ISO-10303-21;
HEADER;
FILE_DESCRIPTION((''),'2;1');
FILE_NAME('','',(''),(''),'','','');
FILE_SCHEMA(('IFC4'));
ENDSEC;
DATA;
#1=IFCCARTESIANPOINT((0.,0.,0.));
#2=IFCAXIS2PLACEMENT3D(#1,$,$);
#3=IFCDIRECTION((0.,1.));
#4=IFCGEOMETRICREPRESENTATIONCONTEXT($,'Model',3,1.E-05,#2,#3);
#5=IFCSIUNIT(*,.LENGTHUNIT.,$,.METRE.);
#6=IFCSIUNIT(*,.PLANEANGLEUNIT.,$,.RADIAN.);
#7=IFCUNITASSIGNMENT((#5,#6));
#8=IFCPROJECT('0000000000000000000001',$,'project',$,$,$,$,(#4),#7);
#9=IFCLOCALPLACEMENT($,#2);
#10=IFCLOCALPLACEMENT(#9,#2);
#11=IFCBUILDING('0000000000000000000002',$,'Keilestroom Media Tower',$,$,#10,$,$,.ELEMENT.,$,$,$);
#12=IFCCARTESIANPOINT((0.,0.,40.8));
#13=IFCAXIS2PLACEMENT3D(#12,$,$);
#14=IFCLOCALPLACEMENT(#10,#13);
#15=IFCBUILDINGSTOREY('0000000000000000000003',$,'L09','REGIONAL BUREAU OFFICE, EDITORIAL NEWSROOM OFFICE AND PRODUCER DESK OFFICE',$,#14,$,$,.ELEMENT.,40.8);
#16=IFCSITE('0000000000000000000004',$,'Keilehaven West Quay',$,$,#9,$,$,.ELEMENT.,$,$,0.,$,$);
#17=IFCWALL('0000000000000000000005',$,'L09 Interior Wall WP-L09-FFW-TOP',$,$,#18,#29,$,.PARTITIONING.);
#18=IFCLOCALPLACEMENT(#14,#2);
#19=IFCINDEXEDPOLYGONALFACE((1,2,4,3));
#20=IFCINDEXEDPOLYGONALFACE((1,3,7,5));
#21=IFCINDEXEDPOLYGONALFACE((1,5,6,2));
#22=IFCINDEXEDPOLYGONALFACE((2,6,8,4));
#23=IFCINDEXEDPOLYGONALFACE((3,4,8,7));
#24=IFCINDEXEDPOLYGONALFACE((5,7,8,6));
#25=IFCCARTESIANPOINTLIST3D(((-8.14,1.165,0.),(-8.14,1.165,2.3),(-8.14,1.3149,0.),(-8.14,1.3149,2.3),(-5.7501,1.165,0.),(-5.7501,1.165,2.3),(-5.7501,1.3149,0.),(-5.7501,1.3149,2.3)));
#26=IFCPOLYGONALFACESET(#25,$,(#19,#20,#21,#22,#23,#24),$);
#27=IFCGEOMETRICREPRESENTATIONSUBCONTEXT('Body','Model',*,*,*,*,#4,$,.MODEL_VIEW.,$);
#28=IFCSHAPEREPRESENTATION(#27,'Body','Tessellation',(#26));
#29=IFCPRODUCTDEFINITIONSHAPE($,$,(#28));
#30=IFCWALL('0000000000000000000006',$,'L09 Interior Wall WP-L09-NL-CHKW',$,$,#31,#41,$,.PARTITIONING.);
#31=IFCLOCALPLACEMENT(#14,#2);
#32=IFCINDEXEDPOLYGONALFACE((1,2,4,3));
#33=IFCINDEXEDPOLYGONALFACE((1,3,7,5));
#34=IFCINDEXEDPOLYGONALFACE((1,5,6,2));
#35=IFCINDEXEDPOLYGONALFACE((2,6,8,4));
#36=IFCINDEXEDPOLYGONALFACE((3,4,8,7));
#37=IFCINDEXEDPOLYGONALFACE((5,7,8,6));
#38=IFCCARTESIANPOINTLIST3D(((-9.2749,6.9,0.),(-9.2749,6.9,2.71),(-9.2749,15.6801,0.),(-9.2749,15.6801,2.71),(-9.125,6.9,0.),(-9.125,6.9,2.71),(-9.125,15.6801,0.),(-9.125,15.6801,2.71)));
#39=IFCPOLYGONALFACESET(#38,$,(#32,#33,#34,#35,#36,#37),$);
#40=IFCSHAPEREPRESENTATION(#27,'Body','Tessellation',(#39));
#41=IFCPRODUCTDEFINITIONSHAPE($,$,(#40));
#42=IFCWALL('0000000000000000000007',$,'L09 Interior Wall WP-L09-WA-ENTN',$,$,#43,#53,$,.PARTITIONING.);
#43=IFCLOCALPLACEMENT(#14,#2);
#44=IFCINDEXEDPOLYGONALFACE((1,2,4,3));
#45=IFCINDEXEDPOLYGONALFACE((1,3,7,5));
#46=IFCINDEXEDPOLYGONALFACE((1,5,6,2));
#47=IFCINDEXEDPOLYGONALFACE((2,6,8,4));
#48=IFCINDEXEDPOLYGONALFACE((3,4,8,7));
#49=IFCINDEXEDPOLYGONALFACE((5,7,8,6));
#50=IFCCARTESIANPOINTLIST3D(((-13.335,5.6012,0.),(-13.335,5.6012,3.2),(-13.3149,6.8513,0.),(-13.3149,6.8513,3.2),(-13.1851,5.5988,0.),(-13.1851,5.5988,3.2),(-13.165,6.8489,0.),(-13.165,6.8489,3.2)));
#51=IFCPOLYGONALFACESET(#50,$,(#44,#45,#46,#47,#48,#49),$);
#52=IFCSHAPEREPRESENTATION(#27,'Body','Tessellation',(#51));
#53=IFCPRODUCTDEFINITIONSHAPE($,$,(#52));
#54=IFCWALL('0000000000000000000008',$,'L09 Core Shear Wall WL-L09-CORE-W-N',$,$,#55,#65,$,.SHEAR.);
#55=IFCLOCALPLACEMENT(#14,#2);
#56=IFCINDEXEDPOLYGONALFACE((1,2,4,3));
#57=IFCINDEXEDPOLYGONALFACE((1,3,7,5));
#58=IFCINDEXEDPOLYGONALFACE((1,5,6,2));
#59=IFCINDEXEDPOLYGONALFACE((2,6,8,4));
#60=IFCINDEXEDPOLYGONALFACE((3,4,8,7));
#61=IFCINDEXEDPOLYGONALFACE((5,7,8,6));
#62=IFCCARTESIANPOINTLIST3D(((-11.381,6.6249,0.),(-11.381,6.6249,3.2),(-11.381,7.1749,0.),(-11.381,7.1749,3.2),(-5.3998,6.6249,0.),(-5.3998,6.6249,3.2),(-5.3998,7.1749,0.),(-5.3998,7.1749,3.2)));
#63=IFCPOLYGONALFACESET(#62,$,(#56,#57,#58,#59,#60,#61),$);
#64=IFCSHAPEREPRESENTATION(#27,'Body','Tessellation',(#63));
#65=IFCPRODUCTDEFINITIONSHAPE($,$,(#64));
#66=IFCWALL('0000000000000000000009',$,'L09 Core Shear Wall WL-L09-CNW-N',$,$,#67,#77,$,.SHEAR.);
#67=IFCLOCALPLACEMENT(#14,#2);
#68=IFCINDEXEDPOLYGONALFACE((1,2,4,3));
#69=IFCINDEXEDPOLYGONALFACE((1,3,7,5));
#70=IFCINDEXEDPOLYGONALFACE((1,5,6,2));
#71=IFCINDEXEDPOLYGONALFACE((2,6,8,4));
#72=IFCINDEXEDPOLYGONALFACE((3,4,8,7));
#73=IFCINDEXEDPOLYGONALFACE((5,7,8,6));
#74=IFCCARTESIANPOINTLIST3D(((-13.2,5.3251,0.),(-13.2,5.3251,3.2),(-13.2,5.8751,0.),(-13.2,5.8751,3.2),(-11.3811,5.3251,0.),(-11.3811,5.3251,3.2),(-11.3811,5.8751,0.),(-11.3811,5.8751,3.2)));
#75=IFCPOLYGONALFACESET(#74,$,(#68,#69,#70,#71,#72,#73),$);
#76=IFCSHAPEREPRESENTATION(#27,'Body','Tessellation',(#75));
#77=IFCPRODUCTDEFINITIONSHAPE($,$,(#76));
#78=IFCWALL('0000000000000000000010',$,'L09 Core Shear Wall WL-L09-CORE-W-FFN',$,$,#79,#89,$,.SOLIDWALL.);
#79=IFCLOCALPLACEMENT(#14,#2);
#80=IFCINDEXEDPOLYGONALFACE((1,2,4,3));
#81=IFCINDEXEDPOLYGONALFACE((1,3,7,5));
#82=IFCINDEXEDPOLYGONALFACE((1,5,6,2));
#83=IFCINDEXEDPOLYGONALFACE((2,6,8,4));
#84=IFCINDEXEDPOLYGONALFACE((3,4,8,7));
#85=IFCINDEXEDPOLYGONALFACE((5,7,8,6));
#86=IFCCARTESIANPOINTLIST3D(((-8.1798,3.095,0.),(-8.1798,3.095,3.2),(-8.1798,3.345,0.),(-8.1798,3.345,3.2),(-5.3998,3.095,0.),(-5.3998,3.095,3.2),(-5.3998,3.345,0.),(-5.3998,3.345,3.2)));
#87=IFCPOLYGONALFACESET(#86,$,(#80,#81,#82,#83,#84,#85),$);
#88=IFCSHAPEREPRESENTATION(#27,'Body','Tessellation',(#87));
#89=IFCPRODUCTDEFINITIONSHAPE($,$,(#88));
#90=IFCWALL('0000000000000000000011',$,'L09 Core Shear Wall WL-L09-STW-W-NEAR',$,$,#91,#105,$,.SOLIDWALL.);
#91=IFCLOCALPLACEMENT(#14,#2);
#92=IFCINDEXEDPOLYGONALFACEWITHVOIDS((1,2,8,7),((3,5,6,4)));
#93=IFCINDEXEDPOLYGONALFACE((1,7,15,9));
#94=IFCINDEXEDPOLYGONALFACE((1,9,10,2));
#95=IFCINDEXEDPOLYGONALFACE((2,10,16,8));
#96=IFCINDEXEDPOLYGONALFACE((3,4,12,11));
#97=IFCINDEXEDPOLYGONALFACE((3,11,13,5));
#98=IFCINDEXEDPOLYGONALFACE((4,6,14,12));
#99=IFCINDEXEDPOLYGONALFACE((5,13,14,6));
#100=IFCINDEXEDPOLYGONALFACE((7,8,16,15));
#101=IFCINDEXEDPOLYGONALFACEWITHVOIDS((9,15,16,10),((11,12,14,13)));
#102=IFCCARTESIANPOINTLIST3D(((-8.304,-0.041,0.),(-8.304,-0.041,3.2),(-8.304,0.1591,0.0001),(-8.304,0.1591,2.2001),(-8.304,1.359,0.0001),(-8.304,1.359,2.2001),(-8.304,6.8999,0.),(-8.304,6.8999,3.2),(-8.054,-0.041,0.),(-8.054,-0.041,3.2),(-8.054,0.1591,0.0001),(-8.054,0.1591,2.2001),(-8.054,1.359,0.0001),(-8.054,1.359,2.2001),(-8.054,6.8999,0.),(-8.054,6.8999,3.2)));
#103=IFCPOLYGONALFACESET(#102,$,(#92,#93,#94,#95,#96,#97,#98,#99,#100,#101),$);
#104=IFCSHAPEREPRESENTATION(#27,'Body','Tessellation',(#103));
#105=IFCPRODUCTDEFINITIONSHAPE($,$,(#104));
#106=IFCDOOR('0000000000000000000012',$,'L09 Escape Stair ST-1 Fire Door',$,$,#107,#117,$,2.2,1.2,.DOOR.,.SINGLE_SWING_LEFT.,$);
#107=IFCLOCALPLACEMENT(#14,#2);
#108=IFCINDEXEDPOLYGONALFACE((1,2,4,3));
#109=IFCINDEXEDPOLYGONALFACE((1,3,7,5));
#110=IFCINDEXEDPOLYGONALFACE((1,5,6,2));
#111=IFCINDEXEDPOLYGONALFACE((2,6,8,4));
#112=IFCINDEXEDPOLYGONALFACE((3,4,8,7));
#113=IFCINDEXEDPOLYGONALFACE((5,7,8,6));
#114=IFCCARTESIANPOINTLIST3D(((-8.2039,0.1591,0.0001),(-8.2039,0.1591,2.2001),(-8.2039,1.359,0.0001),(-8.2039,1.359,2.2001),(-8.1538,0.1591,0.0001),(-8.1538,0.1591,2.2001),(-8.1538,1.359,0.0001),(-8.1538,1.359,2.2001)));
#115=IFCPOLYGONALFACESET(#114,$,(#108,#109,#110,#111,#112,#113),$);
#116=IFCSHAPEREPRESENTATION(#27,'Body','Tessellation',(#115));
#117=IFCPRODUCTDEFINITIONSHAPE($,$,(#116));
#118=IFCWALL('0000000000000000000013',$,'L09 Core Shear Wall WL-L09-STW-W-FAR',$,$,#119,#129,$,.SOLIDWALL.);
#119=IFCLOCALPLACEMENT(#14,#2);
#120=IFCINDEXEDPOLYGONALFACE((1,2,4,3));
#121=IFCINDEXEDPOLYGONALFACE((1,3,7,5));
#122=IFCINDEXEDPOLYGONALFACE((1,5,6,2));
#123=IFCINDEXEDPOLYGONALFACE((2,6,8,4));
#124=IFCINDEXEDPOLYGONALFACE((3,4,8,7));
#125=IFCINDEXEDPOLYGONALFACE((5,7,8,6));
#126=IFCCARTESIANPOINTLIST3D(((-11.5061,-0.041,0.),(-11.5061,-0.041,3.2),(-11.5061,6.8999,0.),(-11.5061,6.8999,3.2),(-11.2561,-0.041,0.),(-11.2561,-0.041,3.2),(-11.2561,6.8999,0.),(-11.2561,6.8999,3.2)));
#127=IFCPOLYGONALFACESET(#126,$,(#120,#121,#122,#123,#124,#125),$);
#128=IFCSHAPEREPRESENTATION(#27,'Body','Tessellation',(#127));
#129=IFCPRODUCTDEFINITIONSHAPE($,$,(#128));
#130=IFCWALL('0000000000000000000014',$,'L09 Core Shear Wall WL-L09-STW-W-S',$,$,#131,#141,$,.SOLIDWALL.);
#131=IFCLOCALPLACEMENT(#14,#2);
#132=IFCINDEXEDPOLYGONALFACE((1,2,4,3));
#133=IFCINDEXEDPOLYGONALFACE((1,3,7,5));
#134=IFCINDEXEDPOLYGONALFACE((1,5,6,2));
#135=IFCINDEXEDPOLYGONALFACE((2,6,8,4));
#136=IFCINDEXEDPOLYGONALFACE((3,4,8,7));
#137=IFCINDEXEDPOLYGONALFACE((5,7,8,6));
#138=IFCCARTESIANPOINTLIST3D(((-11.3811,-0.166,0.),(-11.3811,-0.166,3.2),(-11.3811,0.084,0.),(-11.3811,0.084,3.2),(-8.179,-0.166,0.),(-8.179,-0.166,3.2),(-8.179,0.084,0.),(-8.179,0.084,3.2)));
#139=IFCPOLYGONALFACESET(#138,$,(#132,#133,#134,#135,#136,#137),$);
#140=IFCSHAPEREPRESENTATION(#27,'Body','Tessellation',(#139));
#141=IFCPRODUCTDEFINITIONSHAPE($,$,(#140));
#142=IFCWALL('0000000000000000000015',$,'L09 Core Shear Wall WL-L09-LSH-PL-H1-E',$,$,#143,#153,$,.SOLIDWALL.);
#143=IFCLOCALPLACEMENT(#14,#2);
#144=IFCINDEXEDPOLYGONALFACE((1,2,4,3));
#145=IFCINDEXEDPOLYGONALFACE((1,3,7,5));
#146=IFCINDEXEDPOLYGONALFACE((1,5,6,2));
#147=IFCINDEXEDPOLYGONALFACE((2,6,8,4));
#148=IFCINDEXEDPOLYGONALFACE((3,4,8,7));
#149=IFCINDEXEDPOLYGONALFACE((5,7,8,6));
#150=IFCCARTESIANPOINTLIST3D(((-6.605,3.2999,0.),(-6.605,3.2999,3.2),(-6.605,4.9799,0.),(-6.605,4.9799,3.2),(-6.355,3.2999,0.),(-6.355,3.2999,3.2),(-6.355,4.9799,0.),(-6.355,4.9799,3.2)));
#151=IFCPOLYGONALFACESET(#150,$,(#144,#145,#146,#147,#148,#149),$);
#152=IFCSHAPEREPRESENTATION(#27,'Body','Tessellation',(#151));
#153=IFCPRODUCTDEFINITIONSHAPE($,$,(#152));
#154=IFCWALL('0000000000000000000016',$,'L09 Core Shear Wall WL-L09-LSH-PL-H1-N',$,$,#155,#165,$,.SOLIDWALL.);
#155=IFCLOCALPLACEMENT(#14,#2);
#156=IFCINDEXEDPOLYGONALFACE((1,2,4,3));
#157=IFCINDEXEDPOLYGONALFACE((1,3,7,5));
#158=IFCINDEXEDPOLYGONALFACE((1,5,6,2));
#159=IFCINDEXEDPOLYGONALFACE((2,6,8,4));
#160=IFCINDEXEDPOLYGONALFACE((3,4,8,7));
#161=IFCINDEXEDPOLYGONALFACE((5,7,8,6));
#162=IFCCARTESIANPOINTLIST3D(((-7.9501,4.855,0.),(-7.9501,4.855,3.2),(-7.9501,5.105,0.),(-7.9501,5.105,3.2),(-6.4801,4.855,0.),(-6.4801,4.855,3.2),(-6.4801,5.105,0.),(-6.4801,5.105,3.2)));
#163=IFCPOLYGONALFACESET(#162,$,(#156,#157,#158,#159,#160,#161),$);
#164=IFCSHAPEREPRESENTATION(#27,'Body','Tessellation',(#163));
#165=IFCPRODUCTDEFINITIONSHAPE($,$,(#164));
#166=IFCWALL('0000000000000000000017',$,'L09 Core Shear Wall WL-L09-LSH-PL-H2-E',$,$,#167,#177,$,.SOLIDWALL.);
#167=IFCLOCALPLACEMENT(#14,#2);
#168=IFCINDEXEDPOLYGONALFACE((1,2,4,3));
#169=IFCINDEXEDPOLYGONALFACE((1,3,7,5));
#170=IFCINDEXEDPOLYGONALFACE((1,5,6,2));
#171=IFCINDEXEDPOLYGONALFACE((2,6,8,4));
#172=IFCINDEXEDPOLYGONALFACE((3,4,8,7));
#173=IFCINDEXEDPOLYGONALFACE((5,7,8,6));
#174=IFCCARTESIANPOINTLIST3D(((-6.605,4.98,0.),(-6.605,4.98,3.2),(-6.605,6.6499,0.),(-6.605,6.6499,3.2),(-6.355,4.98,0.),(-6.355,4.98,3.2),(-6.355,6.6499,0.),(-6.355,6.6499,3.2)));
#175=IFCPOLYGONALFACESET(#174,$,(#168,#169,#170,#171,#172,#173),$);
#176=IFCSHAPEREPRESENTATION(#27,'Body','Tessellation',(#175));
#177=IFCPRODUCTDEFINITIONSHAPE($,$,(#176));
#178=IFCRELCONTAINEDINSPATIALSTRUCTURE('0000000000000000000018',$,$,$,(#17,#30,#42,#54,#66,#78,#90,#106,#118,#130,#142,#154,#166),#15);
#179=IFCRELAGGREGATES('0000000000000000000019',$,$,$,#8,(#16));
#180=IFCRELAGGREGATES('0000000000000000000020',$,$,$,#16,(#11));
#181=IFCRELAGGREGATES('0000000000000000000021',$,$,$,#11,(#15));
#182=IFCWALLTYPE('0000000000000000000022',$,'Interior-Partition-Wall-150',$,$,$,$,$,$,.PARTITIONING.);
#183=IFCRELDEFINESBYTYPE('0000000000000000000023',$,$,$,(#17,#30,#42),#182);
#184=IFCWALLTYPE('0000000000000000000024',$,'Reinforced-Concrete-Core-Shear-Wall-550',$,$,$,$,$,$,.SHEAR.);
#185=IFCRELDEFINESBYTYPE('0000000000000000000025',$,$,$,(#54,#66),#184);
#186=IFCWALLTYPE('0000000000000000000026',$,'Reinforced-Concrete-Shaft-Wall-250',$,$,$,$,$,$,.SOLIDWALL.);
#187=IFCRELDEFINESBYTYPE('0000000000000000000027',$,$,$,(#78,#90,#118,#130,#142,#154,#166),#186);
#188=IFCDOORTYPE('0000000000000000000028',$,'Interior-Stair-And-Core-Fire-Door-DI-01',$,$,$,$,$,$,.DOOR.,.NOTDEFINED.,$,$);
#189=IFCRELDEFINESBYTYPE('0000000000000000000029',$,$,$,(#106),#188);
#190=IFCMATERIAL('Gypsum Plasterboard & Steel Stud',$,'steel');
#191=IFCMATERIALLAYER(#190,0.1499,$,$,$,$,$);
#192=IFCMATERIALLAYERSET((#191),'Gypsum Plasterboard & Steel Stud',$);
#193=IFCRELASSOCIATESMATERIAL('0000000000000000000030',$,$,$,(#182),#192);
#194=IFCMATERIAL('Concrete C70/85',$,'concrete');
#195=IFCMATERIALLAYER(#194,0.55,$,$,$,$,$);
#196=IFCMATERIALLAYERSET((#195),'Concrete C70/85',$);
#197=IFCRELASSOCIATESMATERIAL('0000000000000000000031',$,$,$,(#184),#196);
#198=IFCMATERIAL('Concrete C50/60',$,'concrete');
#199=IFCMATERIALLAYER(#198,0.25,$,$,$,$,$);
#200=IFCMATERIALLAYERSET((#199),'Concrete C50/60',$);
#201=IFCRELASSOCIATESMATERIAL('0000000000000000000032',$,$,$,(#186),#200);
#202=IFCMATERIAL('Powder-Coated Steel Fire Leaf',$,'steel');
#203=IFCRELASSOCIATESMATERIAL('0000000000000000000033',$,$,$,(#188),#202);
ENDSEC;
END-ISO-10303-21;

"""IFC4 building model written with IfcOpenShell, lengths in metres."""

from ifc_helpers import new_model, si_unit, direction, frame, frame_2d, origin, place, context, subcontext, project, spatial, rectangle, extrude, source, transform, mapped, material, layer, layer_set, type_object, element, fill, save


model = new_model("IFC4")

# Units and contexts
model_context = context("Model", 3, precision=1e-05, world=origin(), true_north=direction((0.0, 1.0)))
body_context = subcontext(model_context, "Body", "Model", "MODEL_VIEW")
ifc_project = project(units=[si_unit("LENGTHUNIT", "METRE"), si_unit("PLANEANGLEUNIT", "RADIAN")], contexts=[model_context])

# Site, building, storey
site_placement = place(None, origin())
site = spatial("IfcSite", under=ifc_project, at=site_placement, Name="Keilehaven West Quay", CompositionType="ELEMENT", RefElevation=0.0)
building_placement = place(site_placement, origin())
building = spatial("IfcBuilding", under=site, at=building_placement, Name="Keilestroom Media Tower", CompositionType="ELEMENT")
storey_placement = place(building_placement, frame((0.0, 0.0, 40.8)))
storey = spatial("IfcBuildingStorey", under=building, at=storey_placement, Name="L09", Description="REGIONAL BUREAU OFFICE, EDITORIAL NEWSROOM OFFICE AND PRODUCER DESK OFFICE", CompositionType="ELEMENT", Elevation=40.8)

# Shared definitions
ifc_material_1 = material(Name="Concrete C50/60", Category="concrete")

# Walls
ifc_material_2 = material(Name="Gypsum Plasterboard & Steel Stud", Category="steel")
ifc_layer_1 = layer(ifc_material_2, 0.1499)
ifc_layer_set_1 = layer_set([ifc_layer_1], Name="Gypsum Plasterboard & Steel Stud")
wall_type_1 = type_object("IfcWallType", Name="Interior-Partition-Wall-150", PredefinedType="PARTITIONING", material=ifc_layer_set_1)
wall_1_placement = place(storey_placement, frame((-8.1399, 1.24, 0.0), z_axis=(0.0, 0.0, 1.0), x_axis=(1.0, 0.0, 0.0)))
element("IfcWall", 1, at=wall_1_placement, inside=storey, type_object=wall_type_1, Name="L09 Interior Wall WP-L09-FFW-TOP", PredefinedType="PARTITIONING", context=body_context, shape_type="SweptSolid", body=[
    extrude(rectangle(XDim=2.3899, YDim=0.1499, at=frame_2d((1.1948, 0.0))), origin(), (0.0, 0.0, 1.0), 2.3),
])
wall_2_placement = place(storey_placement, frame((-9.2, 6.8999, 0.0), z_axis=(0.0, 0.0, 1.0), x_axis=(0.0, 1.0, 0.0)))
element("IfcWall", 2, at=wall_2_placement, inside=storey, type_object=wall_type_1, Name="L09 Interior Wall WP-L09-NL-CHKW", PredefinedType="PARTITIONING", context=body_context, shape_type="SweptSolid", body=[
    extrude(rectangle(XDim=8.78, YDim=0.1499, at=frame_2d((4.3901, 0.0))), origin(), (0.0, 0.0, 1.0), 2.71),
])
wall_3_placement = place(storey_placement, frame((-13.26, 5.6001, 0.0), z_axis=(0.0, 0.0, 1.0), x_axis=(0.016014, 0.999872, 0.0)))
element("IfcWall", 3, at=wall_3_placement, inside=storey, type_object=wall_type_1, Name="L09 Interior Wall WP-L09-WA-ENTN", PredefinedType="PARTITIONING", context=body_context, shape_type="SweptSolid", body=[
    extrude(rectangle(XDim=1.2502, YDim=0.1499, at=frame_2d((0.625, 0.0))), origin(), (0.0, 0.0, 1.0), 3.2),
])
ifc_material_3 = material(Name="Concrete C70/85", Category="concrete")
ifc_layer_2 = layer(ifc_material_3, 0.55)
ifc_layer_set_2 = layer_set([ifc_layer_2], Name="Concrete C70/85")
wall_type_2 = type_object("IfcWallType", Name="Reinforced-Concrete-Core-Shear-Wall-550", PredefinedType="SHEAR", material=ifc_layer_set_2)
wall_4_placement = place(storey_placement, frame((-11.3811, 6.8999, 0.0), z_axis=(0.0, 0.0, 1.0), x_axis=(1.0, 0.0, 0.0)))
element("IfcWall", 4, at=wall_4_placement, inside=storey, type_object=wall_type_2, Name="L09 Core Shear Wall WL-L09-CORE-W-N", PredefinedType="SHEAR", context=body_context, shape_type="SweptSolid", body=[
    extrude(rectangle(XDim=5.9812, YDim=0.55, at=frame_2d((2.9907, 0.0))), origin(), (0.0, 0.0, 1.0), 3.2),
])
wall_5_placement = place(storey_placement, frame((-13.2, 5.6001, 0.0), z_axis=(0.0, 0.0, 1.0), x_axis=(1.0, 0.0, 0.0)))
element("IfcWall", 5, at=wall_5_placement, inside=storey, type_object=wall_type_2, Name="L09 Core Shear Wall WL-L09-CNW-N", PredefinedType="SHEAR", context=body_context, shape_type="SweptSolid", body=[
    extrude(rectangle(XDim=1.8188, YDim=0.55, at=frame_2d((0.9094, 0.0))), origin(), (0.0, 0.0, 1.0), 3.2),
])
ifc_layer_3 = layer(ifc_material_1, 0.25)
ifc_layer_set_3 = layer_set([ifc_layer_3], Name="Concrete C50/60")
wall_type_3 = type_object("IfcWallType", Name="Reinforced-Concrete-Shaft-Wall-250", PredefinedType="SOLIDWALL", material=ifc_layer_set_3)
wall_6_placement = place(storey_placement, frame((-8.1799, 3.22, 0.0), z_axis=(0.0, 0.0, 1.0), x_axis=(1.0, 0.0, 0.0)))
element("IfcWall", 6, at=wall_6_placement, inside=storey, type_object=wall_type_3, Name="L09 Core Shear Wall WL-L09-CORE-W-FFN", PredefinedType="SOLIDWALL", context=body_context, shape_type="SweptSolid", body=[
    extrude(rectangle(XDim=2.78, YDim=0.25, at=frame_2d((1.3901, 0.0))), origin(), (0.0, 0.0, 1.0), 3.2),
])

# Wall, opening, door
wall_7_placement = place(storey_placement, frame((-8.179, -0.041, 0.0), z_axis=(0.0, 0.0, 1.0), x_axis=(0.0, 1.0, 0.0)))
wall_7 = element("IfcWall", 7, at=wall_7_placement, inside=storey, type_object=wall_type_3, Name="L09 Core Shear Wall WL-L09-STW-W-NEAR", PredefinedType="SOLIDWALL", context=body_context, shape_type="SweptSolid", body=[
    extrude(rectangle(XDim=6.9409, YDim=0.25, at=frame_2d((3.4705, 0.0))), origin(), (0.0, 0.0, 1.0), 3.2),
])
opening_placement = place(wall_7_placement, frame((0.2, 0.0, 0.0)))
opening = element("IfcOpeningElement", 8, at=opening_placement, cuts=wall_7, PredefinedType="OPENING", context=body_context, shape_type="SweptSolid", body=[
    extrude(rectangle(XDim=1.2, YDim=2.2, at=frame_2d((0.6001, 1.1001))), frame((0.0, 0.135, 0.0), z_axis=(0.0, -1.0, 0.0), x_axis=(1.0, 0.0, 0.0)), (0.0, 0.0, 1.0), 0.27),
])
ifc_material_4 = material(Name="Powder-Coated Steel Fire Leaf", Category="steel")
door_type = type_object("IfcDoorType", Name="Interior-Stair-And-Core-Fire-Door-DI-01", OperationType="NOTDEFINED", PredefinedType="DOOR", material=ifc_material_4)
shared_shape_1 = source(origin(), body_context, "Body", "SweptSolid", [
    extrude(rectangle(XDim=1.2, YDim=2.2, at=frame_2d((0.6001, 1.1001))), frame((0.0, 0.0249, 0.0), z_axis=(0.0, -1.0, 0.0), x_axis=(1.0, 0.0, 0.0)), (0.0, 0.0, 1.0), 0.05),
])
door_placement = place(opening_placement, origin())
door = element("IfcDoor", 9, at=door_placement, inside=storey, type_object=door_type, Name="L09 Escape Stair ST-1 Fire Door", OperationType="SINGLE_SWING_LEFT", OverallHeight=2.2, OverallWidth=1.2, PredefinedType="DOOR", context=body_context, shape_type="MappedRepresentation", body=[
    mapped(shared_shape_1, transform((0.0, 0.0, 0.0), x_axis=(1.0, 0.0, 0.0), y_axis=(0.0, 1.0, 0.0), z_axis=(0.0, 0.0, 1.0), scale=1.0)),
])
fill(opening, door)

# Walls
wall_8_placement = place(storey_placement, frame((-11.3811, -0.041, 0.0), z_axis=(0.0, 0.0, 1.0), x_axis=(0.0, 1.0, 0.0)))
element("IfcWall", 10, at=wall_8_placement, inside=storey, type_object=wall_type_3, Name="L09 Core Shear Wall WL-L09-STW-W-FAR", PredefinedType="SOLIDWALL", context=body_context, shape_type="SweptSolid", body=[
    extrude(rectangle(XDim=6.9409, YDim=0.25, at=frame_2d((3.4705, 0.0))), origin(), (0.0, 0.0, 1.0), 3.2),
])
wall_9_placement = place(storey_placement, frame((-11.3811, -0.041, 0.0), z_axis=(0.0, 0.0, 1.0), x_axis=(1.0, 0.0, 0.0)))
element("IfcWall", 11, at=wall_9_placement, inside=storey, type_object=wall_type_3, Name="L09 Core Shear Wall WL-L09-STW-W-S", PredefinedType="SOLIDWALL", context=body_context, shape_type="SweptSolid", body=[
    extrude(rectangle(XDim=3.2021, YDim=0.25, at=frame_2d((1.6011, 0.0))), origin(), (0.0, 0.0, 1.0), 3.2),
])
wall_10_placement = place(storey_placement, frame((-6.48, 3.3, 0.0), z_axis=(0.0, 0.0, 1.0), x_axis=(0.0, 1.0, 0.0)))
element("IfcWall", 12, at=wall_10_placement, inside=storey, type_object=wall_type_3, Name="L09 Core Shear Wall WL-L09-LSH-PL-H1-E", PredefinedType="SOLIDWALL", context=body_context, shape_type="SweptSolid", body=[
    extrude(rectangle(XDim=1.6799, YDim=0.25, at=frame_2d((0.8398, 0.0))), origin(), (0.0, 0.0, 1.0), 3.2),
])
wall_11_placement = place(storey_placement, frame((-7.95, 4.98, 0.0), z_axis=(0.0, 0.0, 1.0), x_axis=(1.0, 0.0, 0.0)))
element("IfcWall", 13, at=wall_11_placement, inside=storey, type_object=wall_type_3, Name="L09 Core Shear Wall WL-L09-LSH-PL-H1-N", PredefinedType="SOLIDWALL", context=body_context, shape_type="SweptSolid", body=[
    extrude(rectangle(XDim=1.47, YDim=0.25, at=frame_2d((0.7349, 0.0))), origin(), (0.0, 0.0, 1.0), 3.2),
])
wall_12_placement = place(storey_placement, frame((-6.48, 4.98, 0.0), z_axis=(0.0, 0.0, 1.0), x_axis=(0.0, 1.0, 0.0)))
element("IfcWall", 14, at=wall_12_placement, inside=storey, type_object=wall_type_3, Name="L09 Core Shear Wall WL-L09-LSH-PL-H2-E", PredefinedType="SOLIDWALL", context=body_context, shape_type="SweptSolid", body=[
    extrude(rectangle(XDim=1.6699, YDim=0.25, at=frame_2d((0.835, 0.0))), origin(), (0.0, 0.0, 1.0), 3.2),
])

save(model, "model.ifc")
